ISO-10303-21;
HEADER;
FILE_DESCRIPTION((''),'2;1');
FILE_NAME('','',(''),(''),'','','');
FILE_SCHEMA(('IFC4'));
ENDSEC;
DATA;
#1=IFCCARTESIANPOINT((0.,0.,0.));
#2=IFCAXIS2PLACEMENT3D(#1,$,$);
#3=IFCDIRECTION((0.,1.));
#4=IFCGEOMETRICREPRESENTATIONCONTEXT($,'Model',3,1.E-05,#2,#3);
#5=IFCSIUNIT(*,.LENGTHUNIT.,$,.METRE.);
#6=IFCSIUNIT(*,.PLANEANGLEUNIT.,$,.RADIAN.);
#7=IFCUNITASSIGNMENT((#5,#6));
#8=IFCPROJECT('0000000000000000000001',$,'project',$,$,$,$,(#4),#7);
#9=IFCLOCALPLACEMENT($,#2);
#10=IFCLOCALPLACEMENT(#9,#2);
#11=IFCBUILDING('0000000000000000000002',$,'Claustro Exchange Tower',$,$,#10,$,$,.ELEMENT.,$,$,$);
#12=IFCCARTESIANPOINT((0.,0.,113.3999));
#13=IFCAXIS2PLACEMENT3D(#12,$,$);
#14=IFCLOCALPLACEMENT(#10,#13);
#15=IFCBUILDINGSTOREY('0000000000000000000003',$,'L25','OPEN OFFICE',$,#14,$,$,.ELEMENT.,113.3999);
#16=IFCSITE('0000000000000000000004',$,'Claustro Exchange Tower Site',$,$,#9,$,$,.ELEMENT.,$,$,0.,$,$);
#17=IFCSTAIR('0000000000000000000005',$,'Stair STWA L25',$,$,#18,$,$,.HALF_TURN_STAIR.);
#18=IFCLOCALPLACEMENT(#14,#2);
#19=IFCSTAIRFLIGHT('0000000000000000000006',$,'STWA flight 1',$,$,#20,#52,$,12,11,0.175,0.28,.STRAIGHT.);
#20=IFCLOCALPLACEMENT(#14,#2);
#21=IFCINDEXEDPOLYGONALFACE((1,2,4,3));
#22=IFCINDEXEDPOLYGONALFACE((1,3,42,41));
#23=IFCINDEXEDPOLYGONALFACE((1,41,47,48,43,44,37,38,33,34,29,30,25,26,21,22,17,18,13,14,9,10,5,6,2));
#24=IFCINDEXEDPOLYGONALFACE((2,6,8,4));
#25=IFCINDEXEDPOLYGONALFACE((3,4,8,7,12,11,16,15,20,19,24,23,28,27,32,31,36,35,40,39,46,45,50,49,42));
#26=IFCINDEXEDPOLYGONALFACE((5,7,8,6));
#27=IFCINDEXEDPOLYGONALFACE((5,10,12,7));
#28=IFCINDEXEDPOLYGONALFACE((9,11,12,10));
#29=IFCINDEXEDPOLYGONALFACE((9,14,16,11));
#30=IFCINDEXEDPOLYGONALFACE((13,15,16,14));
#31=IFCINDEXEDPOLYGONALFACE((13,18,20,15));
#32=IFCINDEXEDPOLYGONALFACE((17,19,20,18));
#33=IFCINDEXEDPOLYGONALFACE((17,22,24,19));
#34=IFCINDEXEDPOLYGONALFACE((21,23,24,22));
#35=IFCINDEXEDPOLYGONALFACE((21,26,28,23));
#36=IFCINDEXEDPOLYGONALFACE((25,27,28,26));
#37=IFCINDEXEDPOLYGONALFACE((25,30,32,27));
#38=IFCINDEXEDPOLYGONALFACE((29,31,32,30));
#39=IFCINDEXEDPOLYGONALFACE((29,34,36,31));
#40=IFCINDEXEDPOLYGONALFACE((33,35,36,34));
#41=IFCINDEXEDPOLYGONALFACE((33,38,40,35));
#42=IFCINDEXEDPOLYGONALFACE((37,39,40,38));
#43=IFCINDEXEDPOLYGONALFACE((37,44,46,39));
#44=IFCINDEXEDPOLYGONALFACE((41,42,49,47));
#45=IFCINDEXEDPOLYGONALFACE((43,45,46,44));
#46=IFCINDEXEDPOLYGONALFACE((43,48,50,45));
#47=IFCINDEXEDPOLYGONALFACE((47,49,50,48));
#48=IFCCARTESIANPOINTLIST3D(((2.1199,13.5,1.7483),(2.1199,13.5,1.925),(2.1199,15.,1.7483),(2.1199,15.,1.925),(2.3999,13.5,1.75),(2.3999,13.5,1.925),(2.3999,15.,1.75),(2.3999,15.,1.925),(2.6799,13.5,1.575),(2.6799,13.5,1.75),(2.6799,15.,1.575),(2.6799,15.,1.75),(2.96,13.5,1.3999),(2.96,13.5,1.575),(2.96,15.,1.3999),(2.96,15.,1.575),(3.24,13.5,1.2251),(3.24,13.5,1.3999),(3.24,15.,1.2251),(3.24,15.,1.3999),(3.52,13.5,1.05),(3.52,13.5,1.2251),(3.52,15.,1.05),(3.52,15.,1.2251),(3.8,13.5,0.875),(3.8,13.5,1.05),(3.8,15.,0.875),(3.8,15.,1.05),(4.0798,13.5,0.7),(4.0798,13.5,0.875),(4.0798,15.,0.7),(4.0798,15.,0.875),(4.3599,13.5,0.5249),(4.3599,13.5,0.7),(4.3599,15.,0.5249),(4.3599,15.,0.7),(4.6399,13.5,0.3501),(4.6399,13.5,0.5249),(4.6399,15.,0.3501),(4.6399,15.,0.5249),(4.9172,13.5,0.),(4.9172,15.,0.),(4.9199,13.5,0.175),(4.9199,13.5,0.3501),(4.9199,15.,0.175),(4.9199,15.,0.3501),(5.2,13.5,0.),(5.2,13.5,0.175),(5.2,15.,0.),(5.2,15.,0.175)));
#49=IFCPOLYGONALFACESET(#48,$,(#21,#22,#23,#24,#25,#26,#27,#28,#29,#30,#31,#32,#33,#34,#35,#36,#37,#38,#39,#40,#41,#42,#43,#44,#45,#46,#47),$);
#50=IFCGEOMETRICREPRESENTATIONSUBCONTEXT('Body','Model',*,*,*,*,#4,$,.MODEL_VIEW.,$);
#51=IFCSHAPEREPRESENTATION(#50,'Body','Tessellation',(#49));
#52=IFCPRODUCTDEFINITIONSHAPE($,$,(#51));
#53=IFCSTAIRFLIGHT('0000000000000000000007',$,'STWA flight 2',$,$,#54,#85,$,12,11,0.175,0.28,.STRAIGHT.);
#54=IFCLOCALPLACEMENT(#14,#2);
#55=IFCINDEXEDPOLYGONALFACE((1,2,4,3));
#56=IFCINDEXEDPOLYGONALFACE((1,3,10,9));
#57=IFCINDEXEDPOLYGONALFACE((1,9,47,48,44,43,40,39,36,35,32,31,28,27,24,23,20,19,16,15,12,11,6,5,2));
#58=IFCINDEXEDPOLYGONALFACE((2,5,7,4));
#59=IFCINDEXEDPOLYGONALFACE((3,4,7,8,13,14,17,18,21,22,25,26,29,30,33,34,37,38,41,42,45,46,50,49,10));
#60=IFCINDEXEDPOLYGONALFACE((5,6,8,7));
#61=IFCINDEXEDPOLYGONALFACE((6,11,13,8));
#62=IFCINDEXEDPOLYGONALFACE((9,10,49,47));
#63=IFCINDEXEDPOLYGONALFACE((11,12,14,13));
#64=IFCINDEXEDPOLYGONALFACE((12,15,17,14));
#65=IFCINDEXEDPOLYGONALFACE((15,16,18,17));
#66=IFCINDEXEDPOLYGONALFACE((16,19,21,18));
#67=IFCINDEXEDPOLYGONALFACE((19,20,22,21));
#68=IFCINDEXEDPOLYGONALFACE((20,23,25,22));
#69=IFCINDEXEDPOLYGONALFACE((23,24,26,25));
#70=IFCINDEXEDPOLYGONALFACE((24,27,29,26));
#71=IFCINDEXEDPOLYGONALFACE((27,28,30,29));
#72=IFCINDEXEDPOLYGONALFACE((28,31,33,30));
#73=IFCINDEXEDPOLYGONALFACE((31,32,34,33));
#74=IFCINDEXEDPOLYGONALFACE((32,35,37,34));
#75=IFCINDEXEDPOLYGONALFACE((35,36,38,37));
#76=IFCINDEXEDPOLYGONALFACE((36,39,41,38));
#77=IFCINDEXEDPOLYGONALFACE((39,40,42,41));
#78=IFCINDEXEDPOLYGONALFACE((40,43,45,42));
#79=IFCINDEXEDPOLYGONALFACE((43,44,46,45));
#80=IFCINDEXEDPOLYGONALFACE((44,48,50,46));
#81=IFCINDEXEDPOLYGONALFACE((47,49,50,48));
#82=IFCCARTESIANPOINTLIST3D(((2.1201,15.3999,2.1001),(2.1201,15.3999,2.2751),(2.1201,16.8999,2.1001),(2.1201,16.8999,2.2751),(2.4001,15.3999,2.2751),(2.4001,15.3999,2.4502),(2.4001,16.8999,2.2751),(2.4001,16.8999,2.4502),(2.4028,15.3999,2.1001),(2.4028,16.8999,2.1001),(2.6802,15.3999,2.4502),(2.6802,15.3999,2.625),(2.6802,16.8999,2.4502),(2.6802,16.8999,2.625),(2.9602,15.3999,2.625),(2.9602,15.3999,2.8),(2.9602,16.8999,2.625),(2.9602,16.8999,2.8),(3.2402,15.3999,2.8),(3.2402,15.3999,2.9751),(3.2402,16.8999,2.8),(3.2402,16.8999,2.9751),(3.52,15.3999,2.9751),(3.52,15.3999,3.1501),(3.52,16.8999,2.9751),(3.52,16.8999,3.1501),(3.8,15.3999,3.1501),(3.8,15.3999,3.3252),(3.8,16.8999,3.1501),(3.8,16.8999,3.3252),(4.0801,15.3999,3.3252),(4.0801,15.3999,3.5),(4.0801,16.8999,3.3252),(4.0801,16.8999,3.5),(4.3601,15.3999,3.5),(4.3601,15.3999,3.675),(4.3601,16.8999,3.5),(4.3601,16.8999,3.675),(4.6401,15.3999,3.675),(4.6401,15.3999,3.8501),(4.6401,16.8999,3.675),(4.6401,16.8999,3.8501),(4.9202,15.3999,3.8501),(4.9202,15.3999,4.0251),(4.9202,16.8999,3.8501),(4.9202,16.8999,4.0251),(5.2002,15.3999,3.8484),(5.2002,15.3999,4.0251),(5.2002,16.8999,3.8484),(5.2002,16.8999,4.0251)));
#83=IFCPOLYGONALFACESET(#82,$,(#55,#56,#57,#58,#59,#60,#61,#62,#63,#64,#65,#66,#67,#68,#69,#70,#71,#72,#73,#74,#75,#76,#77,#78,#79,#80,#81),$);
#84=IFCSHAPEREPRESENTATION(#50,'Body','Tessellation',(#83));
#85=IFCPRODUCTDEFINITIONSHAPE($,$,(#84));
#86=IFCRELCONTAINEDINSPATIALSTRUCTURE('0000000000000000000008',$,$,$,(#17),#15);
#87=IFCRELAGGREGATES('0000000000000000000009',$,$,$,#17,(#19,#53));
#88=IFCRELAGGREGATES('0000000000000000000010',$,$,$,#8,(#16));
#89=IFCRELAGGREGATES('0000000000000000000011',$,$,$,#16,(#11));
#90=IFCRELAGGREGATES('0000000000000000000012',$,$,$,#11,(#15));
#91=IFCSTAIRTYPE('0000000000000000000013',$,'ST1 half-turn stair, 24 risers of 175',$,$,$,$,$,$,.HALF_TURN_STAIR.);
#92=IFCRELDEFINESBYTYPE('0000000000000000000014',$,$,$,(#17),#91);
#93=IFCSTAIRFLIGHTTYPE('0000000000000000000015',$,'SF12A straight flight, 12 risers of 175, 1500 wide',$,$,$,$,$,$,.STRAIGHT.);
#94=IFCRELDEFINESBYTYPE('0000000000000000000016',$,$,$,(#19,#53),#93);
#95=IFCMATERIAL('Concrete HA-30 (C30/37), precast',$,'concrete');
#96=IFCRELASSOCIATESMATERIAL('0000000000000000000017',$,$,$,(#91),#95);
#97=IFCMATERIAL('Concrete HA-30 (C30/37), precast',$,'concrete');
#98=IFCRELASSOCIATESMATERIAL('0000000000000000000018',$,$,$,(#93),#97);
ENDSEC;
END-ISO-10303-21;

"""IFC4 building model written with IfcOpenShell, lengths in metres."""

from ifc_helpers import new_model, si_unit, direction, frame, origin, place, context, subcontext, project, spatial, polyline, outline, extrude, material, type_object, element, aggregate, save


model = new_model("IFC4")

# Units and contexts
model_context = context("Model", 3, precision=1e-05, world=origin(), true_north=direction((0.0, 1.0)))
body_context = subcontext(model_context, "Body", "Model", "MODEL_VIEW")
ifc_project = project(units=[si_unit("LENGTHUNIT", "METRE"), si_unit("PLANEANGLEUNIT", "RADIAN")], contexts=[model_context])

# Site, building, storey
site_placement = place(None, origin())
site = spatial("IfcSite", under=ifc_project, at=site_placement, Name="Claustro Exchange Tower Site", CompositionType="ELEMENT", RefElevation=0.0)
building_placement = place(site_placement, origin())
building = spatial("IfcBuilding", under=site, at=building_placement, Name="Claustro Exchange Tower", CompositionType="ELEMENT")
storey_placement = place(building_placement, frame((0.0, 0.0, 113.3999)))
storey = spatial("IfcBuildingStorey", under=building, at=storey_placement, Name="L25", Description="OPEN OFFICE", CompositionType="ELEMENT", Elevation=113.3999)

# Stair, stair flights
ifc_material_1 = material(Name="Concrete HA-30 (C30/37), precast", Category="concrete")
stair_type = type_object("IfcStairType", Name="ST1 half-turn stair, 24 risers of 175", PredefinedType="HALF_TURN_STAIR", material=ifc_material_1)
stair_placement = place(storey_placement, origin())
stair = element("IfcStair", 1, at=stair_placement, inside=storey, type_object=stair_type, Name="Stair STWA L25", PredefinedType="HALF_TURN_STAIR")
ifc_material_2 = material(Name="Concrete HA-30 (C30/37), precast", Category="concrete")
stair_flight_type = type_object("IfcStairFlightType", Name="SF12A straight flight, 12 risers of 175, 1500 wide", PredefinedType="STRAIGHT", material=ifc_material_2)
stair_flight_1_placement = place(storey_placement, frame((5.2, 14.25, 0.0), z_axis=(0.0, 0.0, 1.0), x_axis=(-1.0, 0.0, 0.0)))
stair_flight_1 = element("IfcStairFlight", 2, at=stair_flight_1_placement, type_object=stair_flight_type, Name="STWA flight 1", NumberOfRisers=12, NumberOfTreads=11, PredefinedType="STRAIGHT", RiserHeight=0.175, TreadLength=0.28, context=body_context, shape_type="SweptSolid", body=[
    extrude(outline(polyline([(0.0, 0.0), (0.0, 0.175), (0.28, 0.175), (0.28, 0.3501), (0.5601, 0.3501), (0.5601, 0.5249), (0.8401, 0.5249), (0.8401, 0.7), (1.1201, 0.7), (1.1201, 0.875), (1.3999, 0.875), (1.3999, 1.05), (1.6799, 1.05), (1.6799, 1.2251), (1.96, 1.2251), (1.96, 1.3999), (2.24, 1.3999), (2.24, 1.575), (2.52, 1.575), (2.52, 1.75), (2.8, 1.75), (2.8, 1.925), (3.0801, 1.925), (3.0801, 2.1001), (3.0801, 1.7483), (0.2827, 0.0), (0.0, 0.0)])), frame((0.0, 0.75, 0.0), z_axis=(0.0, -1.0, 0.0), x_axis=(1.0, 0.0, 0.0)), (0.0, 0.0, 1.0), 1.5),
])
stair_flight_2_placement = place(storey_placement, frame((2.1201, 16.1499, 2.1001), z_axis=(0.0, 0.0, 1.0), x_axis=(1.0, 0.0, 0.0)))
stair_flight_2 = element("IfcStairFlight", 3, at=stair_flight_2_placement, type_object=stair_flight_type, Name="STWA flight 2", NumberOfRisers=12, NumberOfTreads=11, PredefinedType="STRAIGHT", RiserHeight=0.175, TreadLength=0.28, context=body_context, shape_type="SweptSolid", body=[
    extrude(outline(polyline([(0.0, 0.0), (0.0, 0.175), (0.28, 0.175), (0.28, 0.3501), (0.5601, 0.3501), (0.5601, 0.5249), (0.8401, 0.5249), (0.8401, 0.7), (1.1201, 0.7), (1.1201, 0.875), (1.3999, 0.875), (1.3999, 1.05), (1.6799, 1.05), (1.6799, 1.2251), (1.96, 1.2251), (1.96, 1.3999), (2.24, 1.3999), (2.24, 1.575), (2.52, 1.575), (2.52, 1.75), (2.8, 1.75), (2.8, 1.925), (3.0801, 1.925), (3.0801, 2.1001), (3.0801, 1.7483), (0.2827, 0.0), (0.0, 0.0)])), frame((0.0, 0.75, 0.0), z_axis=(0.0, -1.0, 0.0), x_axis=(1.0, 0.0, 0.0)), (0.0, 0.0, 1.0), 1.5),
])
aggregate(stair, [stair_flight_1, stair_flight_2])

save(model, "model.ifc")
